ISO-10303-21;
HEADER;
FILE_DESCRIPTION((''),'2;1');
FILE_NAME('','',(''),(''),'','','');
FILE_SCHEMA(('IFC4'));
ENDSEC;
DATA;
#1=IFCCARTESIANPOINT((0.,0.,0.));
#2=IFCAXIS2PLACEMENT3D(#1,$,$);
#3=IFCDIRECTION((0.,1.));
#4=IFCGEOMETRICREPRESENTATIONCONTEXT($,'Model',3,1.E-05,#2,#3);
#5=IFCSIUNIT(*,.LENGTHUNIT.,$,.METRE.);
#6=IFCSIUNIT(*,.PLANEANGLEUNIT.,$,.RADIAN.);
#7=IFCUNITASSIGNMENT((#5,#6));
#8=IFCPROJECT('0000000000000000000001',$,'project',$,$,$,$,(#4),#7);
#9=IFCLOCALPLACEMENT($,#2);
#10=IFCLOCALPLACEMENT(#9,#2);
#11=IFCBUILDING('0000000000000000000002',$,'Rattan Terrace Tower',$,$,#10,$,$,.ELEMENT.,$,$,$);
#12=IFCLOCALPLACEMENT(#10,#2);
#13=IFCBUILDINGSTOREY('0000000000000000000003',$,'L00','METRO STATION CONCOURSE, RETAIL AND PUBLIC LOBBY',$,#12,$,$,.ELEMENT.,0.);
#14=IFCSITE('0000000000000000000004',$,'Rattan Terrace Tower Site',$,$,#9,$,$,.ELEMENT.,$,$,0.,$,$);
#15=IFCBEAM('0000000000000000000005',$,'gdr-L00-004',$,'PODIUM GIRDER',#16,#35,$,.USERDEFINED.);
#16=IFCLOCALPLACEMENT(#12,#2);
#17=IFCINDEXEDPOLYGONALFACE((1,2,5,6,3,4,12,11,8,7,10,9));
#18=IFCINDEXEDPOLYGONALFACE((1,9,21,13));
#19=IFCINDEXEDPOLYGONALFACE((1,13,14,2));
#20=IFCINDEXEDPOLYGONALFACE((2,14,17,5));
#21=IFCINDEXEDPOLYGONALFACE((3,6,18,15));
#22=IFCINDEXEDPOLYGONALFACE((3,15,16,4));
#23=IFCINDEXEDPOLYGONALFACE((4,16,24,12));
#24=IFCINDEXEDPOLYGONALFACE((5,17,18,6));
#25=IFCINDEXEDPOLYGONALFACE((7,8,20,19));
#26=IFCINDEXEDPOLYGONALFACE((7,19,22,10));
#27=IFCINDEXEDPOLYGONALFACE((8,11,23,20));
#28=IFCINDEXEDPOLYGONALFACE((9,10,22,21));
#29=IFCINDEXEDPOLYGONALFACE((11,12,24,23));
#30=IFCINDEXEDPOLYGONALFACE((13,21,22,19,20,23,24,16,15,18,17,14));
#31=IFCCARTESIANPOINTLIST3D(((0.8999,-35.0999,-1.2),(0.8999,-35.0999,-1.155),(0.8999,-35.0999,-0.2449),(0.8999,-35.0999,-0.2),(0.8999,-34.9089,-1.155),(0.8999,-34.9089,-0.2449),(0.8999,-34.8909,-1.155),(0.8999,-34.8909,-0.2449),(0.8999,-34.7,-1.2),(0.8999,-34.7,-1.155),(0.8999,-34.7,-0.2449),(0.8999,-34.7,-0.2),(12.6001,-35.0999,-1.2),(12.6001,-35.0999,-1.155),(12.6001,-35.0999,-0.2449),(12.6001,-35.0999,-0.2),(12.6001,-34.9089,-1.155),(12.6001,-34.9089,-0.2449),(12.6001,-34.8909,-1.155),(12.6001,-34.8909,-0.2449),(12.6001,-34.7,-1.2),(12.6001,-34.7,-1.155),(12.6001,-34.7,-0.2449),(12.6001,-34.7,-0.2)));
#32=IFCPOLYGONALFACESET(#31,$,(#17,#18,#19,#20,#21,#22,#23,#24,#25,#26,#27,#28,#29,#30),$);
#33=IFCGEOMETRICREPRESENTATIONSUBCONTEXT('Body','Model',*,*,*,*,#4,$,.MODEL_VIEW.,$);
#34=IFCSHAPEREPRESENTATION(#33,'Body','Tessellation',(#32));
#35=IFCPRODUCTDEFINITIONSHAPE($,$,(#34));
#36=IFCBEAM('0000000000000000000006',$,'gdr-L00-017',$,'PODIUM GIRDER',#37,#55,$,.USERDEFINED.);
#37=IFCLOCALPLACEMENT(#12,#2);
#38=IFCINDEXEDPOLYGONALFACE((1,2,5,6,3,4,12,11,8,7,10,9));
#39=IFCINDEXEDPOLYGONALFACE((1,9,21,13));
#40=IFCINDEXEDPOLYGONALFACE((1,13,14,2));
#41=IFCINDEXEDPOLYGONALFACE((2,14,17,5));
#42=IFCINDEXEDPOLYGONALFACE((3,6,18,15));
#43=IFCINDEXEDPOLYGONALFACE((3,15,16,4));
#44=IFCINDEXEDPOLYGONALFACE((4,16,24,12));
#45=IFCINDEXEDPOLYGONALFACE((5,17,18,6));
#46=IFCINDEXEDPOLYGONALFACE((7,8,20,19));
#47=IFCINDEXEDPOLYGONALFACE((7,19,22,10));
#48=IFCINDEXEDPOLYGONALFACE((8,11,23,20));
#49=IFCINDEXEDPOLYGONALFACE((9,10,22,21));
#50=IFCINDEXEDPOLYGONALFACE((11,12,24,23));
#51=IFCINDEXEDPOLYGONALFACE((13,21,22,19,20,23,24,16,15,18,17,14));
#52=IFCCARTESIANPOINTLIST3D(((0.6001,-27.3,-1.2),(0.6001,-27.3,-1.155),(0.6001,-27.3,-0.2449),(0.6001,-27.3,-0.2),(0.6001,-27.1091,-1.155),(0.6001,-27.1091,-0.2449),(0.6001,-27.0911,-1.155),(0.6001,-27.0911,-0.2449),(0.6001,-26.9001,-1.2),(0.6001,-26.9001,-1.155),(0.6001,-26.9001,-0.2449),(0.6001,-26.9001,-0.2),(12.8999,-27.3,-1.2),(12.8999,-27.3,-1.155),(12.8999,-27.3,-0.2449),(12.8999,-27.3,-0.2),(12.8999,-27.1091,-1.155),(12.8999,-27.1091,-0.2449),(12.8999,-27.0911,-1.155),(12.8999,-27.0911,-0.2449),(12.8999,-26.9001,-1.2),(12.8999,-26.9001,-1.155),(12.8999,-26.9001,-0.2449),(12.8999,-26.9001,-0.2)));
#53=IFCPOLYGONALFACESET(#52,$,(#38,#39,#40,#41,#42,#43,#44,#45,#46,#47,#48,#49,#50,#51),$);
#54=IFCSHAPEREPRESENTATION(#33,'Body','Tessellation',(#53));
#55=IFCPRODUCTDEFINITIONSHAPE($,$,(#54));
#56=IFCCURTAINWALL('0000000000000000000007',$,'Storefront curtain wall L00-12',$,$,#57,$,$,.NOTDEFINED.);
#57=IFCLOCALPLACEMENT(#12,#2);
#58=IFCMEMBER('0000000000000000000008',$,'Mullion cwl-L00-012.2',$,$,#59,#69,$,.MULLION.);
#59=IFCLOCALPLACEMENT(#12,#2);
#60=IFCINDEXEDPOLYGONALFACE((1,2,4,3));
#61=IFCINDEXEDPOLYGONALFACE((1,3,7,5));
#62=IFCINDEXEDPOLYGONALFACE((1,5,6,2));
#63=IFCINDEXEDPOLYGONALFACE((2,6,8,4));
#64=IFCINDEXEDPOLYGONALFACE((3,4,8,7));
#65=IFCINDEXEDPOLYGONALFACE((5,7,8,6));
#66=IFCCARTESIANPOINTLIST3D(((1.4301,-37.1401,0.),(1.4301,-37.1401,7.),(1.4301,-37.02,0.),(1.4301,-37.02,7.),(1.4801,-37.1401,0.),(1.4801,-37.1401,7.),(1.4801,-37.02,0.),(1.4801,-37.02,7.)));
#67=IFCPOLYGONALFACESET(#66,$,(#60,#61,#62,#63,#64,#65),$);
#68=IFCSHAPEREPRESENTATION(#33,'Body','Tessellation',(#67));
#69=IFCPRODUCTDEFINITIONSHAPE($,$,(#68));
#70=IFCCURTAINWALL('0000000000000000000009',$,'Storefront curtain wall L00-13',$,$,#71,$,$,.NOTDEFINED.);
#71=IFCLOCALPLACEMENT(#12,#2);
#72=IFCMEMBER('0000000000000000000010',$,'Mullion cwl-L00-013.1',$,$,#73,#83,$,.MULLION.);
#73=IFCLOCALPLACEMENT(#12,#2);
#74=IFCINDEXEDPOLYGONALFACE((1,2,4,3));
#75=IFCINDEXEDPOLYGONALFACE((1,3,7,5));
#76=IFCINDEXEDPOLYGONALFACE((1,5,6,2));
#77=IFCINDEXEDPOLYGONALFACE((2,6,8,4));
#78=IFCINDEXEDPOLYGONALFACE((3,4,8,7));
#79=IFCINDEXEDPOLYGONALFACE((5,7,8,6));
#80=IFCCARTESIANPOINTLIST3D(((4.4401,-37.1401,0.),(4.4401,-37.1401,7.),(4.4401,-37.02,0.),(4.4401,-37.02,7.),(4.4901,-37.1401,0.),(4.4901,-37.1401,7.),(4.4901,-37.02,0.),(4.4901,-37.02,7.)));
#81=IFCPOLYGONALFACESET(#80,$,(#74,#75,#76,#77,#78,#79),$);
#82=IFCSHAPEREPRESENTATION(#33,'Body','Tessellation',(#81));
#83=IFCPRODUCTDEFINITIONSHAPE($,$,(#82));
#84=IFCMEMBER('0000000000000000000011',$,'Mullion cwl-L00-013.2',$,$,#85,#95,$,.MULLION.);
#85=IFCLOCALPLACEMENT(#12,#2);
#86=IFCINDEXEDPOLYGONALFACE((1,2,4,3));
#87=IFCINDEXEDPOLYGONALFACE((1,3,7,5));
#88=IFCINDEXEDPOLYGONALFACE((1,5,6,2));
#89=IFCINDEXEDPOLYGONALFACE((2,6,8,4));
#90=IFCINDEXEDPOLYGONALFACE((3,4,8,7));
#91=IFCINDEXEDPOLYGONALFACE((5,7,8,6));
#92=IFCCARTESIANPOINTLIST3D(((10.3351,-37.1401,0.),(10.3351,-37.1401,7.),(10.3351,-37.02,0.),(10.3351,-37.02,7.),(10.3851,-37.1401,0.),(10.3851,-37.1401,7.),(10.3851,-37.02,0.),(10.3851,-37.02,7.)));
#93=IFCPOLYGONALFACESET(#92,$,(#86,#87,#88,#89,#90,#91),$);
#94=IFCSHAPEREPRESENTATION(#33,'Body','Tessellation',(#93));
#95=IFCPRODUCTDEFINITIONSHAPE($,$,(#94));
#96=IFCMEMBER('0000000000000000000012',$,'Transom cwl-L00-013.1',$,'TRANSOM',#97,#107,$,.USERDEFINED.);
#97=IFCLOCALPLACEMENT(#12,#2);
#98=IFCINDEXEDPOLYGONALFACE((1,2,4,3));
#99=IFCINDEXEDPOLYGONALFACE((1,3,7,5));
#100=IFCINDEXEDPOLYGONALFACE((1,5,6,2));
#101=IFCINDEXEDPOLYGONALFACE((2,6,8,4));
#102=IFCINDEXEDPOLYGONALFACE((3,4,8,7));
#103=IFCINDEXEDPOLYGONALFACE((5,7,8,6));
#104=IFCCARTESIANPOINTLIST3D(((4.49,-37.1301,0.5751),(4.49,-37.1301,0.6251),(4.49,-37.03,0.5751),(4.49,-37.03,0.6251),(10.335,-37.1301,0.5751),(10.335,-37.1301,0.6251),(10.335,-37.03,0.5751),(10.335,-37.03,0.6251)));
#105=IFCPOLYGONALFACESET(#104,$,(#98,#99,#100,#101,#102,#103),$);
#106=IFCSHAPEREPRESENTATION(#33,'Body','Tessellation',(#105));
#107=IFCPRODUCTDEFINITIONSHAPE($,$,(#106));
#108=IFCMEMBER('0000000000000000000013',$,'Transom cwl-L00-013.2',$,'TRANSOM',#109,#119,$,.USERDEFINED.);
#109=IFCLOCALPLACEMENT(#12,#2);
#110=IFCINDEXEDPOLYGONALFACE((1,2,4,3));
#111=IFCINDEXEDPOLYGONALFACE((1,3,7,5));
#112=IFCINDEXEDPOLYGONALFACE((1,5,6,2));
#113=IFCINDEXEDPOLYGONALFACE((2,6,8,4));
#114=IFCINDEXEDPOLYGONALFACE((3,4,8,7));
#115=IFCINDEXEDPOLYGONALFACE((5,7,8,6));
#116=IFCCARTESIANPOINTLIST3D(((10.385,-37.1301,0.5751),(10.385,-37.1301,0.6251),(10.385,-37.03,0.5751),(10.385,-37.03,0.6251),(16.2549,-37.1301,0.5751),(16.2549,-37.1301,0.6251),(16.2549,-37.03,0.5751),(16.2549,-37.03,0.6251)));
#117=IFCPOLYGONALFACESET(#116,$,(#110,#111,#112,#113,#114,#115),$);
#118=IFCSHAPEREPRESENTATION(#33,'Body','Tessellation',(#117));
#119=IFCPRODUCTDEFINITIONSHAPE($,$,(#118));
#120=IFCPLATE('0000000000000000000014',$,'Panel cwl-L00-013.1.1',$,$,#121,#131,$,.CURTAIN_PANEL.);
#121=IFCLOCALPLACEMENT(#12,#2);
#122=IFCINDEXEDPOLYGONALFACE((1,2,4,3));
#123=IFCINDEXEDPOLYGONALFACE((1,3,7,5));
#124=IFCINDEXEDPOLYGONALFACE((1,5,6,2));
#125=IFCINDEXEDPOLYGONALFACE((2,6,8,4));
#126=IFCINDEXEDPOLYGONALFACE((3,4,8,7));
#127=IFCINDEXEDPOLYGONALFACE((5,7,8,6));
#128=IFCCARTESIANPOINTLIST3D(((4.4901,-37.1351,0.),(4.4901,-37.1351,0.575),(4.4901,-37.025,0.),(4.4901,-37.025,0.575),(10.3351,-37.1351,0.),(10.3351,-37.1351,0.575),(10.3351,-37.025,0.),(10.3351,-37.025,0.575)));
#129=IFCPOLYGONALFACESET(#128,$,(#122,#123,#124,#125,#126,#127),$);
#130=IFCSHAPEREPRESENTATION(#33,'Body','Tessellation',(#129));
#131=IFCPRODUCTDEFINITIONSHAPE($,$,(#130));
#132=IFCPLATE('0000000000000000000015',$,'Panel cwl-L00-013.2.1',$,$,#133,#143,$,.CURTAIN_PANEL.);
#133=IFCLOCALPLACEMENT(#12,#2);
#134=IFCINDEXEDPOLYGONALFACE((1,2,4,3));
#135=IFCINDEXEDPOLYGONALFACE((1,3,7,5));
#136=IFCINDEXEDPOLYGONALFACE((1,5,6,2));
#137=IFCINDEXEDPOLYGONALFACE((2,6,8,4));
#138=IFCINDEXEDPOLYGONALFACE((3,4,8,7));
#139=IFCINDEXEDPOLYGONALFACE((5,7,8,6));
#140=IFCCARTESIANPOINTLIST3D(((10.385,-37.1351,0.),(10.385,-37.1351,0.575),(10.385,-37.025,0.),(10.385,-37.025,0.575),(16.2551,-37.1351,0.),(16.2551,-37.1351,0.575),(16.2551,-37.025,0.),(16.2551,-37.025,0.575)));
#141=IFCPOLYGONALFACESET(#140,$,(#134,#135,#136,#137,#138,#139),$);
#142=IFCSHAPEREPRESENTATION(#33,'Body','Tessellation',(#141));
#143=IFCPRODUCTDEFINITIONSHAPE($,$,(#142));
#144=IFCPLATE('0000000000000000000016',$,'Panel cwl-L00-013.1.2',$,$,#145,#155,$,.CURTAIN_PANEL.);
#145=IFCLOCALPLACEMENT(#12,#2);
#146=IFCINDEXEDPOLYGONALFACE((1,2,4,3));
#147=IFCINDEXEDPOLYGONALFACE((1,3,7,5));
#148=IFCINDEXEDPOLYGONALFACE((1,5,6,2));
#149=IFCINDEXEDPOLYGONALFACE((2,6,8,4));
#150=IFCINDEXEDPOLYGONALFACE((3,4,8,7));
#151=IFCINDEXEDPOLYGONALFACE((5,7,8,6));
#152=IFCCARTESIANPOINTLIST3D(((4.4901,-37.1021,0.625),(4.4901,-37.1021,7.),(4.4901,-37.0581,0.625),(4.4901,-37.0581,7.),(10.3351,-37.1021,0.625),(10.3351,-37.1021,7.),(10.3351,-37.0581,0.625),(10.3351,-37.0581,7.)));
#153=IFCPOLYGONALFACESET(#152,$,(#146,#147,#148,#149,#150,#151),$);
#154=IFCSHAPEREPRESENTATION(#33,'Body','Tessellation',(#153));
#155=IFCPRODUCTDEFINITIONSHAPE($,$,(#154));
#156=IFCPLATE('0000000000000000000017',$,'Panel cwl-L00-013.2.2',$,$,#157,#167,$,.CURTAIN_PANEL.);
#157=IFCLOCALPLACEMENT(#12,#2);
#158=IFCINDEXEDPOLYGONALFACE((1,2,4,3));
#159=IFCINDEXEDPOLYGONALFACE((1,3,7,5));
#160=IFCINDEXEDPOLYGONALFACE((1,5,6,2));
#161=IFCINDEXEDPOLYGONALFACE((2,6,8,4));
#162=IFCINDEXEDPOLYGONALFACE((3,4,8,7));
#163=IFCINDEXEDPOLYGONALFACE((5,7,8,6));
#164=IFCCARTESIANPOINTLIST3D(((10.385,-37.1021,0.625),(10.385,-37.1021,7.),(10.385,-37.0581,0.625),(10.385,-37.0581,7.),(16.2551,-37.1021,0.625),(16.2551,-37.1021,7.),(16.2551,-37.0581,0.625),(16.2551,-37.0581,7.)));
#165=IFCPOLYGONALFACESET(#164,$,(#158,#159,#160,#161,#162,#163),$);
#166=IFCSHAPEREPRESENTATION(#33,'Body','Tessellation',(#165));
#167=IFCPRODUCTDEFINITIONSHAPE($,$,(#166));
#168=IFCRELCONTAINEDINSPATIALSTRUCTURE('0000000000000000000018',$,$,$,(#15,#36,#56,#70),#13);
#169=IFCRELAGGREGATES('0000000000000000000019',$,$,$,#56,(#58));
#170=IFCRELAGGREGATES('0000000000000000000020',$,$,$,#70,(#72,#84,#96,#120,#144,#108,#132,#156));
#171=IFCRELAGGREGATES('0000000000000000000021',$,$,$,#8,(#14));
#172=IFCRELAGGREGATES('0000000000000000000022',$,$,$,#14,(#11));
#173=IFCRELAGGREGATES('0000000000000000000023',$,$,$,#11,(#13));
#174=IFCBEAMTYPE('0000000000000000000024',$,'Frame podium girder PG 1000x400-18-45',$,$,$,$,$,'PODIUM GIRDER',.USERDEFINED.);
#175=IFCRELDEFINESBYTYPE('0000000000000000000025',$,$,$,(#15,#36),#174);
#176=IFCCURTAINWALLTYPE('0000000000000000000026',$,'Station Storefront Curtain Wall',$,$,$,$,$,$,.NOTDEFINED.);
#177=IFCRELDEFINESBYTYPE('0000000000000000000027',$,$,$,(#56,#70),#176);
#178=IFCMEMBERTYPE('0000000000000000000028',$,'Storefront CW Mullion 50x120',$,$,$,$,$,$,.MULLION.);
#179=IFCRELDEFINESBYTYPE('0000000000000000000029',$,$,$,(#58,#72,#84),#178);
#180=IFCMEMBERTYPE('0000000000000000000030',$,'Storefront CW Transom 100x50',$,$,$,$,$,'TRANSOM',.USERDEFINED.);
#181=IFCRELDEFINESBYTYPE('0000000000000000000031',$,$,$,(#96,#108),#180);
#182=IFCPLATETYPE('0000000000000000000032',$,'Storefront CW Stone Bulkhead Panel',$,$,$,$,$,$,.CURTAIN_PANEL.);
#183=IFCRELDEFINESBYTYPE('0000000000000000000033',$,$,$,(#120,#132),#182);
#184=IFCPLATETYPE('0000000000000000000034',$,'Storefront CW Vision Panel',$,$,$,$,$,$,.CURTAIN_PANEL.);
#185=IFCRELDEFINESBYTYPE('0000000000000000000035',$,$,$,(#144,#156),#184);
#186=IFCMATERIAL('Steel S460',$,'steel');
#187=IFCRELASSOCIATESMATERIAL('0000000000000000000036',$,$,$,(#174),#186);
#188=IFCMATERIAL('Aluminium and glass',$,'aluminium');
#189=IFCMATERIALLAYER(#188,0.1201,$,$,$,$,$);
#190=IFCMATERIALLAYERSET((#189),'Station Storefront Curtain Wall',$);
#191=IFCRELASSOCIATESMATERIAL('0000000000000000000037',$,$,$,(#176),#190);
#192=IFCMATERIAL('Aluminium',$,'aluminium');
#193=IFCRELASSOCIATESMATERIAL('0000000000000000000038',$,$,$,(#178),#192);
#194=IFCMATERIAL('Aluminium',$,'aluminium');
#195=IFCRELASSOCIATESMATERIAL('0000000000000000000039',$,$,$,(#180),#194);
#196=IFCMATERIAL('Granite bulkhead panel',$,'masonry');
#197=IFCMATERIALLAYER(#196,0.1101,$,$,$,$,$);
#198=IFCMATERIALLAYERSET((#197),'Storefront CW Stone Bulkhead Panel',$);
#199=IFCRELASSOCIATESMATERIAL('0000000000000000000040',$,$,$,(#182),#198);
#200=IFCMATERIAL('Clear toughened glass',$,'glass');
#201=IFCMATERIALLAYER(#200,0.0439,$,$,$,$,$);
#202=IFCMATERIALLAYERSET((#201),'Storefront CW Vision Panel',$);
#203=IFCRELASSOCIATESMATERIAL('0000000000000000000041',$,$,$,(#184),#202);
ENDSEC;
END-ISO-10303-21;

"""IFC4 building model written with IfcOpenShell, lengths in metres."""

from ifc_helpers import new_model, si_unit, direction, frame, origin, origin_2d, place, context, subcontext, project, spatial, rectangle, i_section, extrude, material, layer, layer_set, material_profile, profile_set, type_object, element, aggregate, save


model = new_model("IFC4")

# Units and contexts
model_context = context("Model", 3, precision=1e-05, world=origin(), true_north=direction((0.0, 1.0)))
body_context = subcontext(model_context, "Body", "Model", "MODEL_VIEW")
ifc_project = project(units=[si_unit("LENGTHUNIT", "METRE"), si_unit("PLANEANGLEUNIT", "RADIAN")], contexts=[model_context])

# Site, building, storey
site_placement = place(None, origin())
site = spatial("IfcSite", under=ifc_project, at=site_placement, Name="Rattan Terrace Tower Site", CompositionType="ELEMENT", RefElevation=0.0)
building_placement = place(site_placement, origin())
building = spatial("IfcBuilding", under=site, at=building_placement, Name="Rattan Terrace Tower", CompositionType="ELEMENT")
storey_placement = place(building_placement, origin())
storey = spatial("IfcBuildingStorey", under=building, at=storey_placement, Name="L00", Description="METRO STATION CONCOURSE, RETAIL AND PUBLIC LOBBY", CompositionType="ELEMENT", Elevation=0.0)

# Beams
ifc_material_1 = material(Name="Steel S460", Category="steel")
ifc_material_profile_1 = material_profile(ifc_material_1, i_section(OverallWidth=0.3999, OverallDepth=1.0, WebThickness=0.0181, FlangeThickness=0.0449, at=origin_2d()), Name="PG 1000x400-18-45")
ifc_profile_set_1 = profile_set([ifc_material_profile_1], Name="Steel S460")
beam_type_1 = type_object("IfcBeamType", Name="Frame podium girder PG 1000x400-18-45", ElementType="PODIUM GIRDER", PredefinedType="USERDEFINED", material=ifc_profile_set_1)
beam_1_placement = place(storey_placement, frame((0.8999, -34.8999, -0.7), z_axis=(1.0, 0.0, 0.0), x_axis=(0.0, 1.0, 0.0)))
element("IfcBeam", 1, at=beam_1_placement, inside=storey, type_object=beam_type_1, Name="gdr-L00-004", ObjectType="PODIUM GIRDER", PredefinedType="USERDEFINED", context=body_context, shape_type="SweptSolid", body=[
    extrude(i_section(OverallWidth=0.3999, OverallDepth=1.0, WebThickness=0.0181, FlangeThickness=0.0449, at=origin_2d()), origin(), (0.0, 0.0, 1.0), 11.7002),
])
beam_2_placement = place(storey_placement, frame((0.6001, -27.1001, -0.7), z_axis=(1.0, 0.0, 0.0), x_axis=(0.0, 1.0, 0.0)))
element("IfcBeam", 2, at=beam_2_placement, inside=storey, type_object=beam_type_1, Name="gdr-L00-017", ObjectType="PODIUM GIRDER", PredefinedType="USERDEFINED", context=body_context, shape_type="SweptSolid", body=[
    extrude(i_section(OverallWidth=0.3999, OverallDepth=1.0, WebThickness=0.0181, FlangeThickness=0.0449, at=origin_2d()), origin(), (0.0, 0.0, 1.0), 12.2998),
])

# Curtain wall, member
ifc_material_2 = material(Name="Aluminium and glass", Category="aluminium")
ifc_layer_1 = layer(ifc_material_2, 0.1201)
ifc_layer_set_1 = layer_set([ifc_layer_1], Name="Station Storefront Curtain Wall")
curtain_wall_type = type_object("IfcCurtainWallType", Name="Station Storefront Curtain Wall", PredefinedType="NOTDEFINED", material=ifc_layer_set_1)
curtain_wall_1_placement = place(storey_placement, origin())
curtain_wall_1 = element("IfcCurtainWall", 3, at=curtain_wall_1_placement, inside=storey, type_object=curtain_wall_type, Name="Storefront curtain wall L00-12", PredefinedType="NOTDEFINED")
ifc_material_3 = material(Name="Aluminium", Category="aluminium")
ifc_material_profile_2 = material_profile(ifc_material_3, rectangle(XDim=0.05, YDim=0.1201, at=origin_2d()), Name="Aluminium 50x120")
ifc_profile_set_2 = profile_set([ifc_material_profile_2], Name="Aluminium")
member_type_1 = type_object("IfcMemberType", Name="Storefront CW Mullion 50x120", PredefinedType="MULLION", material=ifc_profile_set_2)
member_1_placement = place(storey_placement, frame((1.4551, -37.0801, 0.0), z_axis=(0.0, 0.0, 1.0), x_axis=(1.0, 0.0, 0.0)))
member_1 = element("IfcMember", 4, at=member_1_placement, type_object=member_type_1, Name="Mullion cwl-L00-012.2", PredefinedType="MULLION", context=body_context, shape_type="SweptSolid", body=[
    extrude(rectangle(XDim=0.05, YDim=0.1201, at=origin_2d()), origin(), (0.0, 0.0, 1.0), 7.0),
])
aggregate(curtain_wall_1, [member_1])

# Curtain wall, members, plates
curtain_wall_2_placement = place(storey_placement, origin())
curtain_wall_2 = element("IfcCurtainWall", 5, at=curtain_wall_2_placement, inside=storey, type_object=curtain_wall_type, Name="Storefront curtain wall L00-13", PredefinedType="NOTDEFINED")
member_2_placement = place(storey_placement, frame((4.4651, -37.0801, 0.0), z_axis=(0.0, 0.0, 1.0), x_axis=(1.0, 0.0, 0.0)))
member_2 = element("IfcMember", 6, at=member_2_placement, type_object=member_type_1, Name="Mullion cwl-L00-013.1", PredefinedType="MULLION", context=body_context, shape_type="SweptSolid", body=[
    extrude(rectangle(XDim=0.05, YDim=0.1201, at=origin_2d()), origin(), (0.0, 0.0, 1.0), 7.0),
])
member_3_placement = place(storey_placement, frame((10.3601, -37.0801, 0.0), z_axis=(0.0, 0.0, 1.0), x_axis=(1.0, 0.0, 0.0)))
member_3 = element("IfcMember", 7, at=member_3_placement, type_object=member_type_1, Name="Mullion cwl-L00-013.2", PredefinedType="MULLION", context=body_context, shape_type="SweptSolid", body=[
    extrude(rectangle(XDim=0.05, YDim=0.1201, at=origin_2d()), origin(), (0.0, 0.0, 1.0), 7.0),
])
ifc_material_4 = material(Name="Aluminium", Category="aluminium")
ifc_material_profile_3 = material_profile(ifc_material_4, rectangle(XDim=0.1001, YDim=0.05, at=origin_2d()), Name="Aluminium 100x50")
ifc_profile_set_3 = profile_set([ifc_material_profile_3], Name="Aluminium")
member_type_2 = type_object("IfcMemberType", Name="Storefront CW Transom 100x50", ElementType="TRANSOM", PredefinedType="USERDEFINED", material=ifc_profile_set_3)
member_4_placement = place(storey_placement, frame((4.49, -37.0801, 0.6001), z_axis=(1.0, 0.0, 0.0), x_axis=(0.0, 1.0, 0.0)))
member_4 = element("IfcMember", 8, at=member_4_placement, type_object=member_type_2, Name="Transom cwl-L00-013.1", ObjectType="TRANSOM", PredefinedType="USERDEFINED", context=body_context, shape_type="SweptSolid", body=[
    extrude(rectangle(XDim=0.1001, YDim=0.05, at=origin_2d()), origin(), (0.0, 0.0, 1.0), 5.845),
])
member_5_placement = place(storey_placement, frame((10.385, -37.0801, 0.6001), z_axis=(1.0, 0.0, 0.0), x_axis=(0.0, 1.0, 0.0)))
member_5 = element("IfcMember", 9, at=member_5_placement, type_object=member_type_2, Name="Transom cwl-L00-013.2", ObjectType="TRANSOM", PredefinedType="USERDEFINED", context=body_context, shape_type="SweptSolid", body=[
    extrude(rectangle(XDim=0.1001, YDim=0.05, at=origin_2d()), origin(), (0.0, 0.0, 1.0), 5.8699),
])
ifc_material_5 = material(Name="Granite bulkhead panel", Category="masonry")
ifc_layer_2 = layer(ifc_material_5, 0.1101)
ifc_layer_set_2 = layer_set([ifc_layer_2], Name="Storefront CW Stone Bulkhead Panel")
plate_type_1 = type_object("IfcPlateType", Name="Storefront CW Stone Bulkhead Panel", PredefinedType="CURTAIN_PANEL", material=ifc_layer_set_2)
plate_1_placement = place(storey_placement, frame((7.4126, -37.0801, 0.0), z_axis=(0.0, 0.0, 1.0), x_axis=(1.0, 0.0, 0.0)))
plate_1 = element("IfcPlate", 10, at=plate_1_placement, type_object=plate_type_1, Name="Panel cwl-L00-013.1.1", PredefinedType="CURTAIN_PANEL", context=body_context, shape_type="SweptSolid", body=[
    extrude(rectangle(XDim=5.845, YDim=0.1101, at=origin_2d()), origin(), (0.0, 0.0, 1.0), 0.575),
])
plate_2_placement = place(storey_placement, frame((13.3201, -37.0801, 0.0), z_axis=(0.0, 0.0, 1.0), x_axis=(1.0, 0.0, 0.0)))
plate_2 = element("IfcPlate", 11, at=plate_2_placement, type_object=plate_type_1, Name="Panel cwl-L00-013.2.1", PredefinedType="CURTAIN_PANEL", context=body_context, shape_type="SweptSolid", body=[
    extrude(rectangle(XDim=5.8701, YDim=0.1101, at=origin_2d()), origin(), (0.0, 0.0, 1.0), 0.575),
])
ifc_material_6 = material(Name="Clear toughened glass", Category="glass")
ifc_layer_3 = layer(ifc_material_6, 0.0439)
ifc_layer_set_3 = layer_set([ifc_layer_3], Name="Storefront CW Vision Panel")
plate_type_2 = type_object("IfcPlateType", Name="Storefront CW Vision Panel", PredefinedType="CURTAIN_PANEL", material=ifc_layer_set_3)
plate_3_placement = place(storey_placement, frame((7.4126, -37.0801, 0.625), z_axis=(0.0, 0.0, 1.0), x_axis=(1.0, 0.0, 0.0)))
plate_3 = element("IfcPlate", 12, at=plate_3_placement, type_object=plate_type_2, Name="Panel cwl-L00-013.1.2", PredefinedType="CURTAIN_PANEL", context=body_context, shape_type="SweptSolid", body=[
    extrude(rectangle(XDim=5.845, YDim=0.0439, at=origin_2d()), origin(), (0.0, 0.0, 1.0), 6.375),
])
plate_4_placement = place(storey_placement, frame((13.3201, -37.0801, 0.625), z_axis=(0.0, 0.0, 1.0), x_axis=(1.0, 0.0, 0.0)))
plate_4 = element("IfcPlate", 13, at=plate_4_placement, type_object=plate_type_2, Name="Panel cwl-L00-013.2.2", PredefinedType="CURTAIN_PANEL", context=body_context, shape_type="SweptSolid", body=[
    extrude(rectangle(XDim=5.8701, YDim=0.0439, at=origin_2d()), origin(), (0.0, 0.0, 1.0), 6.375),
])
aggregate(curtain_wall_2, [member_2, member_3, member_4, plate_1, plate_3, member_5, plate_2, plate_4])

save(model, "model.ifc")
